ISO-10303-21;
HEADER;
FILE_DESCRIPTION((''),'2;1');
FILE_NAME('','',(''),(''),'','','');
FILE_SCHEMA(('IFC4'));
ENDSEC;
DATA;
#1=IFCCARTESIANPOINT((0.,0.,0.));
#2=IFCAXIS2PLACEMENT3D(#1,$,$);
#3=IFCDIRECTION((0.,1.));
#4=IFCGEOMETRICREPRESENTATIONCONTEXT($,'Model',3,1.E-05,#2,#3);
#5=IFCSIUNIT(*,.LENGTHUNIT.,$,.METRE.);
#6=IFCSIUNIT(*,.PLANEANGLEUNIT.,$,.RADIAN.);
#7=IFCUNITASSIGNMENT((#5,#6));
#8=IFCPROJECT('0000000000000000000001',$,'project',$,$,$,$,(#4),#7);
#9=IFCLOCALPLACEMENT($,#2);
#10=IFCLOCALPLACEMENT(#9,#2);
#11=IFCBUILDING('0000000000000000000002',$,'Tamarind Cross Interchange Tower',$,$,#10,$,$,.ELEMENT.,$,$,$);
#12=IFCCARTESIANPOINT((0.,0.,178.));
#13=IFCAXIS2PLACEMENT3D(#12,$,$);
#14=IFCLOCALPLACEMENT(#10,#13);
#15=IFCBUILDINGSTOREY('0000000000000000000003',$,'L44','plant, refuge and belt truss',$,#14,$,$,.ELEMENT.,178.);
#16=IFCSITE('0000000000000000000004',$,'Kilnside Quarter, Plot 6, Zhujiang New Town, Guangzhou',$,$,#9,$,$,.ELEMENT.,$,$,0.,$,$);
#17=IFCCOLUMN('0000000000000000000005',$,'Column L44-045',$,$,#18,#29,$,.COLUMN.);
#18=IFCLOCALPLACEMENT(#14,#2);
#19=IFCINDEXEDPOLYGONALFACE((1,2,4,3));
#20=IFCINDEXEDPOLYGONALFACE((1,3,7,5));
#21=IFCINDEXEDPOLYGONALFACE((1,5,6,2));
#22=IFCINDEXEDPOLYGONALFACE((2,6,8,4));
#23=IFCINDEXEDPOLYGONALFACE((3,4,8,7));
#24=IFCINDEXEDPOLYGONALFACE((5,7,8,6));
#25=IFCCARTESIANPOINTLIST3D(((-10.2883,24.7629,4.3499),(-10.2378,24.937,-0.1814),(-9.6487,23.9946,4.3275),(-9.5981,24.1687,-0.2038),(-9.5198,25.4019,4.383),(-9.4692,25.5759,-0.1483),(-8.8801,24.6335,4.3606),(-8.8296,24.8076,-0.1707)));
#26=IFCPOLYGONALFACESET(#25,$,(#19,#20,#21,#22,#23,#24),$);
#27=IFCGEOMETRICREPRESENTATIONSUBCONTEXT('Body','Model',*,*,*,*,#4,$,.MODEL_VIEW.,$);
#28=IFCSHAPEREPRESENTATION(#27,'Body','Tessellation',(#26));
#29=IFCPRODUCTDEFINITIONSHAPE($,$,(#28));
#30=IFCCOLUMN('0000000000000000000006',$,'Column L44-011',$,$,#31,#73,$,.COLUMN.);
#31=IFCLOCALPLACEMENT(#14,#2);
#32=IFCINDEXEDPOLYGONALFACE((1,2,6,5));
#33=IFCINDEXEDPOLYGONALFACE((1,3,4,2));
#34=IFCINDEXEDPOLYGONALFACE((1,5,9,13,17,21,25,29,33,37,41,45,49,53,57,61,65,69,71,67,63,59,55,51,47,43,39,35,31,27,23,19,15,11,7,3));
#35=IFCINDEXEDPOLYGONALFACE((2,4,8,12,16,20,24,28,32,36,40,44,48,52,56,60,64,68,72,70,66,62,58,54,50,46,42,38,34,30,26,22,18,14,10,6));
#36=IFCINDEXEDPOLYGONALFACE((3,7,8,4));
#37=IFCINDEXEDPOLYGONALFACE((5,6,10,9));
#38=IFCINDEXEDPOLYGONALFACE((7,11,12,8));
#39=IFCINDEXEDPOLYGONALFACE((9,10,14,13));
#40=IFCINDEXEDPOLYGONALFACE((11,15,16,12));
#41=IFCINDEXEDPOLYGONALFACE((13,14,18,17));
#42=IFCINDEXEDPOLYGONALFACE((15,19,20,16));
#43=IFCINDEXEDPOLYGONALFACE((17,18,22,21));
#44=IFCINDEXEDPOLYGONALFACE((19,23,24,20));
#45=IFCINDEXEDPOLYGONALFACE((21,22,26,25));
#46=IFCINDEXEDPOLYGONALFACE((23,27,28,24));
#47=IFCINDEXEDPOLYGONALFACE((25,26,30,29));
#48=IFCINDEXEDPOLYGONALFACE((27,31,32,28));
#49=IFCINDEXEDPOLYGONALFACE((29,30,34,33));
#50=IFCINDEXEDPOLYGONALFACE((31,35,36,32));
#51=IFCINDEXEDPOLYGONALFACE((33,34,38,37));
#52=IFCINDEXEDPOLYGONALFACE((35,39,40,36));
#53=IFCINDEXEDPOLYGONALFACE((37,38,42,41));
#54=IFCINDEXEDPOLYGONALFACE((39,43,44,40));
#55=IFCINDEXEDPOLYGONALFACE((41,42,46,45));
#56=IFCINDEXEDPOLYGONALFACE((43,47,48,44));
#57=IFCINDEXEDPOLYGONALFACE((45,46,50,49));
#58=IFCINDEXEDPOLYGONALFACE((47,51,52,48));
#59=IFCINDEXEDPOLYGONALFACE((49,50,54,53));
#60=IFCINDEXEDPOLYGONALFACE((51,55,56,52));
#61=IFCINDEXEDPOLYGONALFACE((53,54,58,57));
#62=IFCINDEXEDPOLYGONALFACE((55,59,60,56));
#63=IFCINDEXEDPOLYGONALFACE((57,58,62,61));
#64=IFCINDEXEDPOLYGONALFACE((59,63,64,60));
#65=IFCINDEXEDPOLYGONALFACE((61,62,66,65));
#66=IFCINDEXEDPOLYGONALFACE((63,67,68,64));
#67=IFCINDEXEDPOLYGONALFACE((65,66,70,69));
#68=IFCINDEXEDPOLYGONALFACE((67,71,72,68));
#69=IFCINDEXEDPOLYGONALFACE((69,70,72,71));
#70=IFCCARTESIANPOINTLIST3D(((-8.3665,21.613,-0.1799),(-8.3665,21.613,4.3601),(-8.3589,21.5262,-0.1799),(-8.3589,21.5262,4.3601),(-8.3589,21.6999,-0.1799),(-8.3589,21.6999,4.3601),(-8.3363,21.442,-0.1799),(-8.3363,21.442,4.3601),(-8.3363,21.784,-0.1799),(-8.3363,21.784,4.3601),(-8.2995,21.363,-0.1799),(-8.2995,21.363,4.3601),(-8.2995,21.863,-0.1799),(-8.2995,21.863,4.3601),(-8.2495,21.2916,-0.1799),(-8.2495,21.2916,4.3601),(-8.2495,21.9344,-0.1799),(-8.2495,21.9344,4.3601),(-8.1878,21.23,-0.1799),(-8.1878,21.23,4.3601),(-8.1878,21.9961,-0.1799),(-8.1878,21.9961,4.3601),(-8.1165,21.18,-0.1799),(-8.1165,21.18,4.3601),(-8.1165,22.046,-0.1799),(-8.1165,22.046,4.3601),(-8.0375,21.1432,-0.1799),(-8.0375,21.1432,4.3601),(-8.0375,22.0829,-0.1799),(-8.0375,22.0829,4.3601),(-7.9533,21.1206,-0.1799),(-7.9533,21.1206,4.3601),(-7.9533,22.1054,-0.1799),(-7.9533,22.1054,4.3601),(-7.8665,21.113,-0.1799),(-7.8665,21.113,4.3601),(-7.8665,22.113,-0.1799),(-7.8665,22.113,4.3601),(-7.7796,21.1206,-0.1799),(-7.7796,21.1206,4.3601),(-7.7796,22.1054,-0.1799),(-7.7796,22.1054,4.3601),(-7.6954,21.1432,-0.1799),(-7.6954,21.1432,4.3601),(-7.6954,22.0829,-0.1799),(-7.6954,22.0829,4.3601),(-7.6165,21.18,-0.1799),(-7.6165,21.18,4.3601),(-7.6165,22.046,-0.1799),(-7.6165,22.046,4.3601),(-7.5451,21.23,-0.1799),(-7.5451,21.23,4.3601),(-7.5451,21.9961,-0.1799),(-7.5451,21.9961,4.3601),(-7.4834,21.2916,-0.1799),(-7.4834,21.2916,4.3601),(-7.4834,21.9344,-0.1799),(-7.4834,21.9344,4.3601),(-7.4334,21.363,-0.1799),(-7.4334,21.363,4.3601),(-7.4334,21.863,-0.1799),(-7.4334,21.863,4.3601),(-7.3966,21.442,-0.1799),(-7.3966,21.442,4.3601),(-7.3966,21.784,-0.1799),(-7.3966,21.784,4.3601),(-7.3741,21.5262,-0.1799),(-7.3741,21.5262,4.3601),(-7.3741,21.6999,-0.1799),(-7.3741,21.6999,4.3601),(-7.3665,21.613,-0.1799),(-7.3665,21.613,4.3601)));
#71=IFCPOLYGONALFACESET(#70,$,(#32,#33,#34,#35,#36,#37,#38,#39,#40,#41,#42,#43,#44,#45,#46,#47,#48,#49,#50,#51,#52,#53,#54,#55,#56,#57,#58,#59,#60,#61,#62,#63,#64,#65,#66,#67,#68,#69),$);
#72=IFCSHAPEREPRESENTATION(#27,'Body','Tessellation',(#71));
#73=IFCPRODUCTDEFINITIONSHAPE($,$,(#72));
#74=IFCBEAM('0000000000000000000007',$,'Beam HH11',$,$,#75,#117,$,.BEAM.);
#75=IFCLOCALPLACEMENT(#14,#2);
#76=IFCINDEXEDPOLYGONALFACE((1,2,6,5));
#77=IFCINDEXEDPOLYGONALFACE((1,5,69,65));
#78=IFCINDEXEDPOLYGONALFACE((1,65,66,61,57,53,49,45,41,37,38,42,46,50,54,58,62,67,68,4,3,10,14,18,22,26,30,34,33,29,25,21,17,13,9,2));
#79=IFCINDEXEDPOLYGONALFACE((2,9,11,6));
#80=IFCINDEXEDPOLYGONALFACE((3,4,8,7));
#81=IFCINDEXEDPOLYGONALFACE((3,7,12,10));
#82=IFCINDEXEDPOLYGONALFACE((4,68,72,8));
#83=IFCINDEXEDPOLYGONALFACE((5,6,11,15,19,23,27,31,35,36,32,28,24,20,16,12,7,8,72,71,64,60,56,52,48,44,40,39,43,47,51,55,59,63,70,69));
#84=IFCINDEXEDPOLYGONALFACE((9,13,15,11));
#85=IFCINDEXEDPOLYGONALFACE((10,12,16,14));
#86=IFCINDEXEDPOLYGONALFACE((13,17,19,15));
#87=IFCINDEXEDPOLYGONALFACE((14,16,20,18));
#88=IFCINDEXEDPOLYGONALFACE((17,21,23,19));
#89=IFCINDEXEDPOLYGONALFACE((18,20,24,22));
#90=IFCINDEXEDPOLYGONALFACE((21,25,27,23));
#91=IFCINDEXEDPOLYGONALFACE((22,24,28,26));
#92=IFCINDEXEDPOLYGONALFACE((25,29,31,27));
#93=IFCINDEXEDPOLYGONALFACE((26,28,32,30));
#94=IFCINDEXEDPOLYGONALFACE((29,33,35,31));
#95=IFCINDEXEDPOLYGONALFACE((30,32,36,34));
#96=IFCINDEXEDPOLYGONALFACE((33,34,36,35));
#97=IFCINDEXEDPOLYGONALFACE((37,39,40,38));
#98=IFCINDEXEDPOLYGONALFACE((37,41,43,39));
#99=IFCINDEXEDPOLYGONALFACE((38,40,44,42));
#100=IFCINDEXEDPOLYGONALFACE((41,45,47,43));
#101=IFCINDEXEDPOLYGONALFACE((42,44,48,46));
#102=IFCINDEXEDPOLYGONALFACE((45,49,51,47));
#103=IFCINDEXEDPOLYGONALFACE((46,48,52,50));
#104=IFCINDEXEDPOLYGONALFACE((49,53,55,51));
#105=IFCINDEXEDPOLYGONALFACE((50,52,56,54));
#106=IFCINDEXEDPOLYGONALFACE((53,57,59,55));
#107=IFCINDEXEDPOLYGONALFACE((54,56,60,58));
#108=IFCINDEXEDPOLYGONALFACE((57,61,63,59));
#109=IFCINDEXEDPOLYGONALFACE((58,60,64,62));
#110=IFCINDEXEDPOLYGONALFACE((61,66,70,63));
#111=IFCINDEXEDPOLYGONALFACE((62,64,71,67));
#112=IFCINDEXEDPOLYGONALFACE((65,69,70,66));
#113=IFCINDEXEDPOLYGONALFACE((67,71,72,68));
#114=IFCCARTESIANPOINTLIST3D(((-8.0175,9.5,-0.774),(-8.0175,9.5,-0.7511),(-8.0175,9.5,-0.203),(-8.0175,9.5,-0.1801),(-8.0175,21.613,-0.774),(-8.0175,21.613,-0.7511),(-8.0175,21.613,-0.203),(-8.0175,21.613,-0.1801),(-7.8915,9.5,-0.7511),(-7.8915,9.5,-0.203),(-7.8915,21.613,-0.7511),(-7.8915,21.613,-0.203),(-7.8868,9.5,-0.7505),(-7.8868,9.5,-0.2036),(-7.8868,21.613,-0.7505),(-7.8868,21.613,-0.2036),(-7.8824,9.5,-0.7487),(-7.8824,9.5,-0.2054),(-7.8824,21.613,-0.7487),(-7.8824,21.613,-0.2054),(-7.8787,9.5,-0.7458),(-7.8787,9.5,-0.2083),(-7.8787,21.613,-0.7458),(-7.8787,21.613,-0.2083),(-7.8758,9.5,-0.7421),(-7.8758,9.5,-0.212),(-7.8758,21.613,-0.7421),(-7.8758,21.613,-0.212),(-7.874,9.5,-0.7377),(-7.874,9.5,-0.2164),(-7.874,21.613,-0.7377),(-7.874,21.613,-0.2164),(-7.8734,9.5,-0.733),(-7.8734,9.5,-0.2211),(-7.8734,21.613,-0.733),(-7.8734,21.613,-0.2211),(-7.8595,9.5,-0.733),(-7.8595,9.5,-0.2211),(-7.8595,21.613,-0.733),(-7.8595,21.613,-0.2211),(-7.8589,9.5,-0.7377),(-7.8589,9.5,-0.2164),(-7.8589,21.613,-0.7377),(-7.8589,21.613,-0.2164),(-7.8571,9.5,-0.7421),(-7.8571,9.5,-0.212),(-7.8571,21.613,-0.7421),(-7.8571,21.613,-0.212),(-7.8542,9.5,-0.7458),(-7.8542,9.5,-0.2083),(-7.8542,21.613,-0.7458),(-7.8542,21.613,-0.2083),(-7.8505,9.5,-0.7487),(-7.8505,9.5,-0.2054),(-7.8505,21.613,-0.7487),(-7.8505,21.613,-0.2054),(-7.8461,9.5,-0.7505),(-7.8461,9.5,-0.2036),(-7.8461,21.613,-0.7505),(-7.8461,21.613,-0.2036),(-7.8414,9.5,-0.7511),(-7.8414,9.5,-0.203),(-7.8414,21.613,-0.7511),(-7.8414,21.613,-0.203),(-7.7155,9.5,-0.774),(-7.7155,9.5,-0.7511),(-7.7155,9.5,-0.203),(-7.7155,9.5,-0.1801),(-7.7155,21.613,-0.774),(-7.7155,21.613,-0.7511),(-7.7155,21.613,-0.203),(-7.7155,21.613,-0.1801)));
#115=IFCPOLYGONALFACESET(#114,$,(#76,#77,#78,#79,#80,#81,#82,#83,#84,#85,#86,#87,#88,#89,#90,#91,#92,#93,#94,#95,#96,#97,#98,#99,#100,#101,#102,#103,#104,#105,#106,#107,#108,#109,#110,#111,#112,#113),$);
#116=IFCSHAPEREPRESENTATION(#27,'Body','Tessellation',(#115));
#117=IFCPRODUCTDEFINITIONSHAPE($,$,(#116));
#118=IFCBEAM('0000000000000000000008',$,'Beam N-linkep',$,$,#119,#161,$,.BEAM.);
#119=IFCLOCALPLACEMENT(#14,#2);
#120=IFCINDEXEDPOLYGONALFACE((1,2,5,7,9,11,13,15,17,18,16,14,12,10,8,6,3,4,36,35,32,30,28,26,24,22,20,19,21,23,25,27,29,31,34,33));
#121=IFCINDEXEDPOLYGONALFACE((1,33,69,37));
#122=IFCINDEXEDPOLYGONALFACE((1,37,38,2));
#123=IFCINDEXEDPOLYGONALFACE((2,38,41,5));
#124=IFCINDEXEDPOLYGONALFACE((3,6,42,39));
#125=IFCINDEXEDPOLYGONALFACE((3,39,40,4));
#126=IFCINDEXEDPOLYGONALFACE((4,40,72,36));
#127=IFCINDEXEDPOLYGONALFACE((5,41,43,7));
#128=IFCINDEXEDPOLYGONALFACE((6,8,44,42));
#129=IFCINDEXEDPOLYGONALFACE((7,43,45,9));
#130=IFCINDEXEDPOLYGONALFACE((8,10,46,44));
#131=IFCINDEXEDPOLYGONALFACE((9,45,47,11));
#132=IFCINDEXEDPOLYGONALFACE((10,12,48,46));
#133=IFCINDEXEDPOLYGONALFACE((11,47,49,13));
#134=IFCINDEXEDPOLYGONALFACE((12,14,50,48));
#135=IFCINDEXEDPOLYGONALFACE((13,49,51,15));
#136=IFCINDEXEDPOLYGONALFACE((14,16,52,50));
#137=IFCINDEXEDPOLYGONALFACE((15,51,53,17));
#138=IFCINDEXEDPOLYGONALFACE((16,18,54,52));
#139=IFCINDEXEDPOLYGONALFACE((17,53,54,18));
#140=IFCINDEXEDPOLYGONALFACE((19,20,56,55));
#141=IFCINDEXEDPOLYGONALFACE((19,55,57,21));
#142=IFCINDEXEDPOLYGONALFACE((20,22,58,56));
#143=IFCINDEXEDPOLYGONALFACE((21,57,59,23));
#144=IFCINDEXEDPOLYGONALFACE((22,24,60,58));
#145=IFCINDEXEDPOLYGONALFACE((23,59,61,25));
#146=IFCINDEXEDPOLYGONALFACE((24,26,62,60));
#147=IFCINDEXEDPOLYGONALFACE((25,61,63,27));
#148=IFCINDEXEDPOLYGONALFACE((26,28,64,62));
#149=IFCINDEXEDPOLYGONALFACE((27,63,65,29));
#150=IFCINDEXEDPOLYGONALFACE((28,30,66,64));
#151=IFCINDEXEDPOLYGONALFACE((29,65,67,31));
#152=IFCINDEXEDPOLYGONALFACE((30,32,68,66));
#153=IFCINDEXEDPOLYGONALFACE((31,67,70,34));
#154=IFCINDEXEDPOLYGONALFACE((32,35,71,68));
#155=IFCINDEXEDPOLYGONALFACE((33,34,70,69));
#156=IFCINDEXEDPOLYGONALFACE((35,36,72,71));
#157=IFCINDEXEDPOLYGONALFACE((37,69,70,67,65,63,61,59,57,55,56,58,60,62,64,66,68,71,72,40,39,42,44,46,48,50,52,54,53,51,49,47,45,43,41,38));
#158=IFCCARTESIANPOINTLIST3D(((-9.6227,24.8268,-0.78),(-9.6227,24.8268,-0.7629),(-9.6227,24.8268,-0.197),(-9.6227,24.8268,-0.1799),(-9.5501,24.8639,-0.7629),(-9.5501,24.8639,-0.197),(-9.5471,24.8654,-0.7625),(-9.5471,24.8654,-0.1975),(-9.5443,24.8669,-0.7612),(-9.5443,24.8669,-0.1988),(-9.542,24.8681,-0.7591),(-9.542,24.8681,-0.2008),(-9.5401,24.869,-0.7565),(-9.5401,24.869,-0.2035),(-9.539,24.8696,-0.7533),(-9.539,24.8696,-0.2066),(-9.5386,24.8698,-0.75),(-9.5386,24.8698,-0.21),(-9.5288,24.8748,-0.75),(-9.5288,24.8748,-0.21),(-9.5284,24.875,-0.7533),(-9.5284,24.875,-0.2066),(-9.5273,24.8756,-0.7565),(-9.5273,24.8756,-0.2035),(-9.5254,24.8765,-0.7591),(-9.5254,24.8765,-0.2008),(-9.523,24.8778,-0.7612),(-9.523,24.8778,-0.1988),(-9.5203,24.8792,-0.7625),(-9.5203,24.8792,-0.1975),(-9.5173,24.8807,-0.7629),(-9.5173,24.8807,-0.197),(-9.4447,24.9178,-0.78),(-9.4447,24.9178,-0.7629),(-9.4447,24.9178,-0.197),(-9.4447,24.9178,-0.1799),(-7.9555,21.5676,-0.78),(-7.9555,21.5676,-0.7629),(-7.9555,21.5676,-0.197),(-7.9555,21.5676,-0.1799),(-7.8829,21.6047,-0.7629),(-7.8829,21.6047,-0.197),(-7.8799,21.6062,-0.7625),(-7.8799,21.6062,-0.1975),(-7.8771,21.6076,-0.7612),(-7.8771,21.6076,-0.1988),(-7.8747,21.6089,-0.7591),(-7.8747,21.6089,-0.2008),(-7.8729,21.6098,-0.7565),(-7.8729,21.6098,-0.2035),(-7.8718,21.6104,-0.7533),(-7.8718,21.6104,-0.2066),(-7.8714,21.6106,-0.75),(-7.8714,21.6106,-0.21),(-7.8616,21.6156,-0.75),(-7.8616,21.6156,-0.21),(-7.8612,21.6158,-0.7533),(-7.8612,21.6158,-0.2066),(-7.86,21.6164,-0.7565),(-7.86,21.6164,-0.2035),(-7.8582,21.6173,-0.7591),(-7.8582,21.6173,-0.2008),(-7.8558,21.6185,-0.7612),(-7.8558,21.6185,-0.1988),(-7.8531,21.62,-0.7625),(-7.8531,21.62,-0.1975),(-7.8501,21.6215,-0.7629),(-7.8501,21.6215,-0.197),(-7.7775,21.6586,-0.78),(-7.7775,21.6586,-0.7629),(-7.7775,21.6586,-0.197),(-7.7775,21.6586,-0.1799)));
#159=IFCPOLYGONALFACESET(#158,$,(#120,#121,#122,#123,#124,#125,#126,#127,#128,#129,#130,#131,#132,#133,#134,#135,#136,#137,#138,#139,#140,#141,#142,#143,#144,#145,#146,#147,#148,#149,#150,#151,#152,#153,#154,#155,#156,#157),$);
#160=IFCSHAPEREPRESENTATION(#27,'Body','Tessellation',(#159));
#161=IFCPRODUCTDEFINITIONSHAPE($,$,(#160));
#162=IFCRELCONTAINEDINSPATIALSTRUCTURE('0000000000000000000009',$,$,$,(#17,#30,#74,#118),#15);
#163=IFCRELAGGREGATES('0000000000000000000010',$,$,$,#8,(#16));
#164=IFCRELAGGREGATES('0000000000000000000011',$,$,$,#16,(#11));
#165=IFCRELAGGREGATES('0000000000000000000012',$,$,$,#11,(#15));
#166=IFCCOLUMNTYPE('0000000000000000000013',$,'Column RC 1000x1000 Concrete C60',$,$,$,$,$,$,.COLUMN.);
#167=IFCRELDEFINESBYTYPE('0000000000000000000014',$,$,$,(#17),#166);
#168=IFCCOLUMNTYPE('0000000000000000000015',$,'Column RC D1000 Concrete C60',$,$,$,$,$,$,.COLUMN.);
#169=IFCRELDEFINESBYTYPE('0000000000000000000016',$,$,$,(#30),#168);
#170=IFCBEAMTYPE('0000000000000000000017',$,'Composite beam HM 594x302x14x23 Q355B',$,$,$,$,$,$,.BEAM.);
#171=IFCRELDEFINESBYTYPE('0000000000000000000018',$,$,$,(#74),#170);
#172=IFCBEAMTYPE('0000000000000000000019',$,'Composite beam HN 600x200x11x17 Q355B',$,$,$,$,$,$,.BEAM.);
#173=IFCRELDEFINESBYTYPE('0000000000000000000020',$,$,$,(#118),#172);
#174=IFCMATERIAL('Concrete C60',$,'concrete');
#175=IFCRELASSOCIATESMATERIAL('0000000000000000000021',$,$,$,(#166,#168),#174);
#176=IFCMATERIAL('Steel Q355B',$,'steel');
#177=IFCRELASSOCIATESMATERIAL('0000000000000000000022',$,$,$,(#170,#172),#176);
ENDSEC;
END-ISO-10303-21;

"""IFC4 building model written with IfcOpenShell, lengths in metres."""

from ifc_helpers import new_model, si_unit, direction, frame, origin, origin_2d, place, context, subcontext, project, spatial, rectangle, circle, i_section, extrude, material, material_profile, profile_set, type_object, element, save


model = new_model("IFC4")

# Units and contexts
model_context = context("Model", 3, precision=1e-05, world=origin(), true_north=direction((0.0, 1.0)))
body_context = subcontext(model_context, "Body", "Model", "MODEL_VIEW")
ifc_project = project(units=[si_unit("LENGTHUNIT", "METRE"), si_unit("PLANEANGLEUNIT", "RADIAN")], contexts=[model_context])

# Site, building, storey
site_placement = place(None, origin())
site = spatial("IfcSite", under=ifc_project, at=site_placement, Name="Kilnside Quarter, Plot 6, Zhujiang New Town, Guangzhou", CompositionType="ELEMENT", RefElevation=0.0)
building_placement = place(site_placement, origin())
building = spatial("IfcBuilding", under=site, at=building_placement, Name="Tamarind Cross Interchange Tower", CompositionType="ELEMENT")
storey_placement = place(building_placement, frame((0.0, 0.0, 178.0)))
storey = spatial("IfcBuildingStorey", under=building, at=storey_placement, Name="L44", Description="plant, refuge and belt truss", CompositionType="ELEMENT", Elevation=178.0)

# Columns
ifc_material_1 = material(Name="Concrete C60", Category="concrete")
ifc_material_profile_1 = material_profile(ifc_material_1, rectangle(XDim=1.0, YDim=1.0, at=origin_2d()), Name="RC 1000x1000")
ifc_profile_set_1 = profile_set([ifc_material_profile_1], Name="Concrete C60")
column_type_1 = type_object("IfcColumnType", Name="Column RC 1000x1000 Concrete C60", PredefinedType="COLUMN", material=ifc_profile_set_1)
column_1_placement = place(storey_placement, frame((-9.5337, 24.8723, -0.176), z_axis=(-0.011144, -0.038385, 0.999201), x_axis=(0.768569, 0.638909, 0.033116)))
element("IfcColumn", 1, at=column_1_placement, inside=storey, type_object=column_type_1, Name="Column L44-045", PredefinedType="COLUMN", context=body_context, shape_type="SweptSolid", body=[
    extrude(rectangle(XDim=1.0, YDim=1.0, at=origin_2d()), origin(), (0.0, 0.0, 1.0), 4.5349),
])
ifc_material_profile_2 = material_profile(ifc_material_1, circle(Radius=0.5, at=origin_2d()), Name="RC D1000")
ifc_profile_set_2 = profile_set([ifc_material_profile_2], Name="Concrete C60")
column_type_2 = type_object("IfcColumnType", Name="Column RC D1000 Concrete C60", PredefinedType="COLUMN", material=ifc_profile_set_2)
column_2_placement = place(storey_placement, frame((-7.8665, 21.613, -0.1799), z_axis=(0.0, 0.0, 1.0), x_axis=(1.0, 0.0, 0.0)))
element("IfcColumn", 2, at=column_2_placement, inside=storey, type_object=column_type_2, Name="Column L44-011", PredefinedType="COLUMN", context=body_context, shape_type="SweptSolid", body=[
    extrude(circle(Radius=0.5, at=origin_2d()), origin(), (0.0, 0.0, 1.0), 4.54),
])

# Beams
ifc_material_2 = material(Name="Steel Q355B", Category="steel")
ifc_material_profile_3 = material_profile(ifc_material_2, i_section(OverallWidth=0.302, OverallDepth=0.594, WebThickness=0.0139, FlangeThickness=0.0229, FilletRadius=0.0181, at=origin_2d()), Name="HM 594x302x14x23")
ifc_profile_set_3 = profile_set([ifc_material_profile_3], Name="Steel Q355B")
beam_type_1 = type_object("IfcBeamType", Name="Composite beam HM 594x302x14x23 Q355B", PredefinedType="BEAM", material=ifc_profile_set_3)
beam_1_placement = place(storey_placement, frame((-7.8665, 21.613, -0.4771), z_axis=(0.0, -1.0, 0.0), x_axis=(1.0, 0.0, 0.0)))
element("IfcBeam", 3, at=beam_1_placement, inside=storey, type_object=beam_type_1, Name="Beam HH11", PredefinedType="BEAM", context=body_context, shape_type="SweptSolid", body=[
    extrude(i_section(OverallWidth=0.302, OverallDepth=0.594, WebThickness=0.0139, FlangeThickness=0.0229, FilletRadius=0.0181, at=origin_2d()), origin(), (0.0, 0.0, 1.0), 12.113),
])
ifc_material_profile_4 = material_profile(ifc_material_2, i_section(OverallWidth=0.2, OverallDepth=0.6001, WebThickness=0.011, FlangeThickness=0.0171, FilletRadius=0.0129, at=origin_2d()), Name="HN 600x200x11x17")
ifc_profile_set_4 = profile_set([ifc_material_profile_4], Name="Steel Q355B")
beam_type_2 = type_object("IfcBeamType", Name="Composite beam HN 600x200x11x17 Q355B", PredefinedType="BEAM", material=ifc_profile_set_4)
beam_2_placement = place(storey_placement, frame((-9.5337, 24.8723, -0.48), z_axis=(0.455411, -0.890281, 0.0), x_axis=(0.890281, 0.455411, 0.0)))
element("IfcBeam", 4, at=beam_2_placement, inside=storey, type_object=beam_type_2, Name="Beam N-linkep", PredefinedType="BEAM", context=body_context, shape_type="SweptSolid", body=[
    extrude(i_section(OverallWidth=0.2, OverallDepth=0.6001, WebThickness=0.011, FlangeThickness=0.0171, FilletRadius=0.0129, at=origin_2d()), origin(), (0.0, 0.0, 1.0), 3.6609),
])

save(model, "model.ifc")
